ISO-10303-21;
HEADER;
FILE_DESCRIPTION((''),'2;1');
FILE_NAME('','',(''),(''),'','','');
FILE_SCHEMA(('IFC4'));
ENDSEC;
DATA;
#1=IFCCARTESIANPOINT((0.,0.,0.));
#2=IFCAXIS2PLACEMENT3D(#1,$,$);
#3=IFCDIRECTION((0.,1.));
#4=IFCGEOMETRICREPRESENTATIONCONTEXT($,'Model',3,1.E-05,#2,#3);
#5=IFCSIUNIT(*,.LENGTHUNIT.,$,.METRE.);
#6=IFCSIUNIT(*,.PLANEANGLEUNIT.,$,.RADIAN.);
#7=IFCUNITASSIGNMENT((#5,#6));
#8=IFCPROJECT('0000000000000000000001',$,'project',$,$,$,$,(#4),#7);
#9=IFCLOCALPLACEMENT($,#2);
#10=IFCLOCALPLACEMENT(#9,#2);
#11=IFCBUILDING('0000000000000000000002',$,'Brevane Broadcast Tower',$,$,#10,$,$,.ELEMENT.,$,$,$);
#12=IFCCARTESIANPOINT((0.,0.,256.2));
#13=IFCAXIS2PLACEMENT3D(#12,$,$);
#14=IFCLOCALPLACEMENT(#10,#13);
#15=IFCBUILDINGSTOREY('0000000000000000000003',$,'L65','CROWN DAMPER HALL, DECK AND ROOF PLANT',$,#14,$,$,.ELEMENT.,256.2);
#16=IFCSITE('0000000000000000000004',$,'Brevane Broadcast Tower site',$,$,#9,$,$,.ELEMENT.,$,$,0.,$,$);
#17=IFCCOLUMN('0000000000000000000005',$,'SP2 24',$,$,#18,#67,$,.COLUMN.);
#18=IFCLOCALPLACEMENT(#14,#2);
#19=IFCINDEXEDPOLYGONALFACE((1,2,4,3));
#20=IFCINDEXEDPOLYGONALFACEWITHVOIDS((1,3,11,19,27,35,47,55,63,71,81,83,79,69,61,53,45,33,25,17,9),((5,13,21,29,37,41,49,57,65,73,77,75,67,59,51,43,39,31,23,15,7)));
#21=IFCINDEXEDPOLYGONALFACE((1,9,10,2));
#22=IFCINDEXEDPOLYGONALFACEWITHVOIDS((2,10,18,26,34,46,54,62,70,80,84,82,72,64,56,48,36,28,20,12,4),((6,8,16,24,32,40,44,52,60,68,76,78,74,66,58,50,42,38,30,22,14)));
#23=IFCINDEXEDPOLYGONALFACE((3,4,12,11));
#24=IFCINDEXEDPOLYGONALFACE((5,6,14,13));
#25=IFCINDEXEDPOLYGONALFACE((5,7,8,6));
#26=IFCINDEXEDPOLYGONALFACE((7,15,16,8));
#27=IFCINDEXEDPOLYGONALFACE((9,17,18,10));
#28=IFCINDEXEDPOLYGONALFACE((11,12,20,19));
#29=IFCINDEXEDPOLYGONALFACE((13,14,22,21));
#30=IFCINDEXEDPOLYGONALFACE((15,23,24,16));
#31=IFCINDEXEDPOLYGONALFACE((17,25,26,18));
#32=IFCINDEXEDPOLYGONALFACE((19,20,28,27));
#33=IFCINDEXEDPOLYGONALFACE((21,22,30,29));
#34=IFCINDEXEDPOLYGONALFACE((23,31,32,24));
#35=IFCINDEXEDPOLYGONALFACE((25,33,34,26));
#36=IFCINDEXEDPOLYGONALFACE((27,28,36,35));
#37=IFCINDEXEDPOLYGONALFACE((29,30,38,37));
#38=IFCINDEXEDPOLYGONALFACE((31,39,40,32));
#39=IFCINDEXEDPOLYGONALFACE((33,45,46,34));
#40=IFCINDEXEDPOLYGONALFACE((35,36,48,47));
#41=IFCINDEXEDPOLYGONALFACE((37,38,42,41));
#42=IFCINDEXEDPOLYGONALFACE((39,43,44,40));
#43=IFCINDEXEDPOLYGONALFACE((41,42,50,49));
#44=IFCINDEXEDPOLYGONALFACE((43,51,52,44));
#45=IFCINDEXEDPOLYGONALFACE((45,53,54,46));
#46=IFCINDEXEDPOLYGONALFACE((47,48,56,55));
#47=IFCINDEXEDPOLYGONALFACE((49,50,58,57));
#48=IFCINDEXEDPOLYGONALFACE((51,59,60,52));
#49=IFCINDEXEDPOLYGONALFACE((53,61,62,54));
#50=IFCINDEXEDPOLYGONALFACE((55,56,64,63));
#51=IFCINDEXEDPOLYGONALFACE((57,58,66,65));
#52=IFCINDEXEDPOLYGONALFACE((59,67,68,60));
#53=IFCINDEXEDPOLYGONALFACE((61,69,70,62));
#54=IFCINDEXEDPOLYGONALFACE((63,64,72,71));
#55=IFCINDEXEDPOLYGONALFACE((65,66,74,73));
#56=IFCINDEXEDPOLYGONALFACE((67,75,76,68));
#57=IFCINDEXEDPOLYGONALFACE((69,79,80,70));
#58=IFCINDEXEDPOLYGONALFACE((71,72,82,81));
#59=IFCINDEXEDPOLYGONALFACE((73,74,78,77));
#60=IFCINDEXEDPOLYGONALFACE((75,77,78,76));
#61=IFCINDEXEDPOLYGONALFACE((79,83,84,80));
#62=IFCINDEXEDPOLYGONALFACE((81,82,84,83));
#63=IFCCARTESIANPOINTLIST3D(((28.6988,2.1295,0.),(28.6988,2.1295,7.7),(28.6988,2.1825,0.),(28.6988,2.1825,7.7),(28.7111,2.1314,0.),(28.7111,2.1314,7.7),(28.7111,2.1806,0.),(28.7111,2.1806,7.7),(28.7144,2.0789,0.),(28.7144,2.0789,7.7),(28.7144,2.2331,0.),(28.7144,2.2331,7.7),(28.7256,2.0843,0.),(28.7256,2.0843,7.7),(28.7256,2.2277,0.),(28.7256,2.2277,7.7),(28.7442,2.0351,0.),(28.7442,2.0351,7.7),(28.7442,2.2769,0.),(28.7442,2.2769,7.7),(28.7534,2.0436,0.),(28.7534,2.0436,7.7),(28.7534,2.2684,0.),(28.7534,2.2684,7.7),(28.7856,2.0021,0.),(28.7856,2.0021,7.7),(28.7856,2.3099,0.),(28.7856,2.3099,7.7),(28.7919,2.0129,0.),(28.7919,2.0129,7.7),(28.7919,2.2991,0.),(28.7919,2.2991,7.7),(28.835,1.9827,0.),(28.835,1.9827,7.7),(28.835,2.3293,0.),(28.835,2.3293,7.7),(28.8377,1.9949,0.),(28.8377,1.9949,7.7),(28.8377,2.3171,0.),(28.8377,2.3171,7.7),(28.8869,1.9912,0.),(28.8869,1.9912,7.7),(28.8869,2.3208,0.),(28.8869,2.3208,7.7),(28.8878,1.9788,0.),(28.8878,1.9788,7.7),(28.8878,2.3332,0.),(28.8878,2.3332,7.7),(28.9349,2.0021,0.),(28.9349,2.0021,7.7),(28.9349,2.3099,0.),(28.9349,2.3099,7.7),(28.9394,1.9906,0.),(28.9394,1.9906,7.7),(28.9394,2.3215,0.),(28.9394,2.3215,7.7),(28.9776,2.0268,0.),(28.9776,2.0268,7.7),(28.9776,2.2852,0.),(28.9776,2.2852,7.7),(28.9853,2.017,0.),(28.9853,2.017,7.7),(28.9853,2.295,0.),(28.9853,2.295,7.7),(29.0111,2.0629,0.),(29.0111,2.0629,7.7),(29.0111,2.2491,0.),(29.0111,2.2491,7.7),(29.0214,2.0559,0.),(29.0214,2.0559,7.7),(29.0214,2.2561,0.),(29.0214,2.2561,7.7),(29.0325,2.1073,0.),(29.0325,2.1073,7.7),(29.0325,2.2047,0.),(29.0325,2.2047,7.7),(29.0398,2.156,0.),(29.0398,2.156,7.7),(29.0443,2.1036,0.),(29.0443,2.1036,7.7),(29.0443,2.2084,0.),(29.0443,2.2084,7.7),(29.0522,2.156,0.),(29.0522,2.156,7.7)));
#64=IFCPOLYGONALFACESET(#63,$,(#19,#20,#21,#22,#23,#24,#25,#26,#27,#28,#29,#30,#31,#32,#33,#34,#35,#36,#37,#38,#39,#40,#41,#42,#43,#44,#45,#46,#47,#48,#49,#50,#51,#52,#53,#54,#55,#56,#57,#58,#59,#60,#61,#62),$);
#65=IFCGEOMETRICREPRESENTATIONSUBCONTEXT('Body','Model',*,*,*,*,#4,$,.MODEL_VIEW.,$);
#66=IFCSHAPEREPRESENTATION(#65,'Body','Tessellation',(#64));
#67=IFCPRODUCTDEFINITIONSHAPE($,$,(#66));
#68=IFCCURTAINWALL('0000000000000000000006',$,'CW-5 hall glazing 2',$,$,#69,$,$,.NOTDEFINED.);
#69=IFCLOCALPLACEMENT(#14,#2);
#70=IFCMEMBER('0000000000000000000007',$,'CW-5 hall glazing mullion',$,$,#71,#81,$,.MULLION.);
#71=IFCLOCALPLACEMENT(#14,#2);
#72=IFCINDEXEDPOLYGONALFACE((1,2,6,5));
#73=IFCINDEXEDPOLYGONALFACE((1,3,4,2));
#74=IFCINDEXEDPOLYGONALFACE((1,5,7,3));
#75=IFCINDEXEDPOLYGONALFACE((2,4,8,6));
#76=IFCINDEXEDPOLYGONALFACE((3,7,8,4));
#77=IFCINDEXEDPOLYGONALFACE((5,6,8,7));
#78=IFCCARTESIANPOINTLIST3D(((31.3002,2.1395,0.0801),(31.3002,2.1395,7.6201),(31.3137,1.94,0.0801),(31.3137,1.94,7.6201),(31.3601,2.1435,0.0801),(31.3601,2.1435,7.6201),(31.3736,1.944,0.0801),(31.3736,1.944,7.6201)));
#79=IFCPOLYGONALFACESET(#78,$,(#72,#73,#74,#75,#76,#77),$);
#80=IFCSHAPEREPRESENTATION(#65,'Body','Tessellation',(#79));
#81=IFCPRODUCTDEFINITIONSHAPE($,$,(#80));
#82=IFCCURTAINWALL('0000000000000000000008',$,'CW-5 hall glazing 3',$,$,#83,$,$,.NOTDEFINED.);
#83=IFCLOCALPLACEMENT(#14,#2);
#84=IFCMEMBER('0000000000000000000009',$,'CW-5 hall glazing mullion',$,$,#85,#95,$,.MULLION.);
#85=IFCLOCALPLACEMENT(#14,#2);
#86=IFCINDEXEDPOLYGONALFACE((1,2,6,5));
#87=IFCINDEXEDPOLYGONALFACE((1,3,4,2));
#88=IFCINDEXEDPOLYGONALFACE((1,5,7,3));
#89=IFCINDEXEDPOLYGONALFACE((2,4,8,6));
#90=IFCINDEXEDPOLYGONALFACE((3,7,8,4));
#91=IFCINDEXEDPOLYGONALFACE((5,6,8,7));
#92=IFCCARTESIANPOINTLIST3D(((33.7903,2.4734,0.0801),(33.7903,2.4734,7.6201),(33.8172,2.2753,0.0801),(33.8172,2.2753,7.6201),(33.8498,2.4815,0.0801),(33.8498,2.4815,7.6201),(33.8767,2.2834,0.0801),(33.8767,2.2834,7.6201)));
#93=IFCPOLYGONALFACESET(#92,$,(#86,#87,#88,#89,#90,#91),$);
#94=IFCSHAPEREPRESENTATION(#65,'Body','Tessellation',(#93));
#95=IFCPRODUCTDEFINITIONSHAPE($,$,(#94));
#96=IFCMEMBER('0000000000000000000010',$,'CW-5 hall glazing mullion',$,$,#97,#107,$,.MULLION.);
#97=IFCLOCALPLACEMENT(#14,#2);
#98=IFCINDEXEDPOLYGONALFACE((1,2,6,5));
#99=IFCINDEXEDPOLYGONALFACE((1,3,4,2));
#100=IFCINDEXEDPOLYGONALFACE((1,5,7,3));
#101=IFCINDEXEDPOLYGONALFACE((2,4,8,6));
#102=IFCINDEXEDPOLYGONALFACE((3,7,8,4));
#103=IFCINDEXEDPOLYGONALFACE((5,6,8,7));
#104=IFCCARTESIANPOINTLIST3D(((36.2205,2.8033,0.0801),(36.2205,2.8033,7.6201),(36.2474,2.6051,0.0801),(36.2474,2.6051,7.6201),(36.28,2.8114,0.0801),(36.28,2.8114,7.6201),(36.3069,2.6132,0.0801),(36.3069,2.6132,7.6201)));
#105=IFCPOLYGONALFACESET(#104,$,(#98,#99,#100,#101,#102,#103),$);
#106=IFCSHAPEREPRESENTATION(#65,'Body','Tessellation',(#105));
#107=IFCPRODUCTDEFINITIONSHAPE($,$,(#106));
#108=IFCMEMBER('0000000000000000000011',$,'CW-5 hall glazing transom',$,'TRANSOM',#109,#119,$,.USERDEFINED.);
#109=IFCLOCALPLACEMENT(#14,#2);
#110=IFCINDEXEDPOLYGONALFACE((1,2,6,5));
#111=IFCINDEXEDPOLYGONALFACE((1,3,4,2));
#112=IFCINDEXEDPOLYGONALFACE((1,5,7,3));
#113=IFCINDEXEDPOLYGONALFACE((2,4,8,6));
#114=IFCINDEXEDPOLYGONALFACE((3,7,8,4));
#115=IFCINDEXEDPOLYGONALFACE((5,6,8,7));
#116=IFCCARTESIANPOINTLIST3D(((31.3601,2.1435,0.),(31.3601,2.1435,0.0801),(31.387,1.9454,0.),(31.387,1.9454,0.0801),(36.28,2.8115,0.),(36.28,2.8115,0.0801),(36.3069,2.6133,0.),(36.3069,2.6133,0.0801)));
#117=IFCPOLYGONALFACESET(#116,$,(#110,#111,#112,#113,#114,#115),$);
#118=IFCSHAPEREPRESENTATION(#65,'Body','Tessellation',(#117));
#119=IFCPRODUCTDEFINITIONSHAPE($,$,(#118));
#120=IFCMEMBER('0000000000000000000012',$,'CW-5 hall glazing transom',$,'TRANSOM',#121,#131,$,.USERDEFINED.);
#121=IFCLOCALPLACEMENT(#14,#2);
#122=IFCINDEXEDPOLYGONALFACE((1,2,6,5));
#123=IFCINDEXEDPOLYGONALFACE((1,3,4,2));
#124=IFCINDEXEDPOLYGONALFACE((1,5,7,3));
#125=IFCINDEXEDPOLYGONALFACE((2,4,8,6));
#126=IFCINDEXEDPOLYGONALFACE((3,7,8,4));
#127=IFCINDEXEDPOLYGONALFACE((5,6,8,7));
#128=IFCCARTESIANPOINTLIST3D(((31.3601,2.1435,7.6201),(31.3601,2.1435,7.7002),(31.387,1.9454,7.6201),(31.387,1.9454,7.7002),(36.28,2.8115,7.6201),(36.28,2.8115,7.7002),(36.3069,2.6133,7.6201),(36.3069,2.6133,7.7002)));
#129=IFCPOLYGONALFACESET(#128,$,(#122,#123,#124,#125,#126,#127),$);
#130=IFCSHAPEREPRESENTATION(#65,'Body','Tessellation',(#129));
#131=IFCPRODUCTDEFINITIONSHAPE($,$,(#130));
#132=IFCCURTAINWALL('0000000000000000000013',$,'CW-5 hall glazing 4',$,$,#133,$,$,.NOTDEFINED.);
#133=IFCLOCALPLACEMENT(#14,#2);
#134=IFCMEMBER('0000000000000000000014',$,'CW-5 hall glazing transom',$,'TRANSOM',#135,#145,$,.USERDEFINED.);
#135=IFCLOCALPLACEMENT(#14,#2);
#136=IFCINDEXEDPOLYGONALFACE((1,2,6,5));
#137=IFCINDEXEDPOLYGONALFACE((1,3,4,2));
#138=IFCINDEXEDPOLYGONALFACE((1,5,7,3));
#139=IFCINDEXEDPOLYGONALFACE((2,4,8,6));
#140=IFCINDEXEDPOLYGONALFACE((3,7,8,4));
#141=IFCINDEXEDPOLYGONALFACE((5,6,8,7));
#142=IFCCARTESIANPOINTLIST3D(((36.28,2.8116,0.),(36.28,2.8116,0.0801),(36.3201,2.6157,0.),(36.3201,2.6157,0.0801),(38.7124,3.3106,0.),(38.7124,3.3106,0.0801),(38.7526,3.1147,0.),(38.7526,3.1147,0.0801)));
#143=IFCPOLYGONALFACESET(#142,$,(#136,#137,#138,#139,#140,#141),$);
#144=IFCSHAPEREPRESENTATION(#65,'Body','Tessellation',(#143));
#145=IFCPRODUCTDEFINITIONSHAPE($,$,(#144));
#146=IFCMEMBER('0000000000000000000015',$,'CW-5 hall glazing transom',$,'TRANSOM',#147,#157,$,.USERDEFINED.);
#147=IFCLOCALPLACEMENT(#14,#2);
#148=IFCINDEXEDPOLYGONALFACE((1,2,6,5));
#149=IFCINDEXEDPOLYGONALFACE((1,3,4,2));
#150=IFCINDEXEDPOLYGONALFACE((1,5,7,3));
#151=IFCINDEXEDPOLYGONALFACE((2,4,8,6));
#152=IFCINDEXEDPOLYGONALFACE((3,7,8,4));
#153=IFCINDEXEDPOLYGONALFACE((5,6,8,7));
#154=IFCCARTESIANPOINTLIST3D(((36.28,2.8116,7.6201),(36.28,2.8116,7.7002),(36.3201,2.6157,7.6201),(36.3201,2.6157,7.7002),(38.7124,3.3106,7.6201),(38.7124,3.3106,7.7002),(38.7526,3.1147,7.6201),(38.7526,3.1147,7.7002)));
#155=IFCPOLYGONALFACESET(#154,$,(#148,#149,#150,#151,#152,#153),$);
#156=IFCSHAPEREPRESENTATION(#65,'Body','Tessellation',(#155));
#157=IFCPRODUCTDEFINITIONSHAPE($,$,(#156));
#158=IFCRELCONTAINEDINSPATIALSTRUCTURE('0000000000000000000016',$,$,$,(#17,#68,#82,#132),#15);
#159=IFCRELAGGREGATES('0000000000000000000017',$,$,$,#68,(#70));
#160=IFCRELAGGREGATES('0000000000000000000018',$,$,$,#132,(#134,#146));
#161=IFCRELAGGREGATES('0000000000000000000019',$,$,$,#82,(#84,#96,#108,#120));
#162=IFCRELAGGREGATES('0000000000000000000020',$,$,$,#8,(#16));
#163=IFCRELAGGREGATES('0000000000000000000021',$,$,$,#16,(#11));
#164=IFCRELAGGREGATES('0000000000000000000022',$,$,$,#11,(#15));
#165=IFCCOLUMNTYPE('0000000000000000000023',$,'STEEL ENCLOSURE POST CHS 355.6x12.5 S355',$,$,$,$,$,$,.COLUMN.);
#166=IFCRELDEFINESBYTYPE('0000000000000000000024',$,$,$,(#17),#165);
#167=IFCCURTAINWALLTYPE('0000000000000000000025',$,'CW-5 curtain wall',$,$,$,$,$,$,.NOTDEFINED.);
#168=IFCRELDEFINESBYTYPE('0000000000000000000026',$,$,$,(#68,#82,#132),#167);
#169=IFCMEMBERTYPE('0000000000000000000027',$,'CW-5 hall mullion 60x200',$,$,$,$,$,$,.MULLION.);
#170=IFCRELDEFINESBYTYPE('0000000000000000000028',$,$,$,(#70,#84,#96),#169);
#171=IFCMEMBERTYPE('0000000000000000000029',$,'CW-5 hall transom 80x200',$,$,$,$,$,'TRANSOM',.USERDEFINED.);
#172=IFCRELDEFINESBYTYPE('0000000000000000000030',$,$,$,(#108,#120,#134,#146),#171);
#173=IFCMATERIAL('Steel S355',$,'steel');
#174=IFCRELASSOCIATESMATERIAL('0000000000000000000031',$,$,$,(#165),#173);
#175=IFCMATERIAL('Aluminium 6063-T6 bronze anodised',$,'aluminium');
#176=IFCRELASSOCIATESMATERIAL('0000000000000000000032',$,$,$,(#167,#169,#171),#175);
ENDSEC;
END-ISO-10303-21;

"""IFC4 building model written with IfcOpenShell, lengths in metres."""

from ifc_helpers import new_model, si_unit, direction, frame, origin, origin_2d, place, context, subcontext, project, spatial, rectangle, hollow_circle, extrude, material, material_profile, profile_set, type_object, element, aggregate, save


model = new_model("IFC4")

# Units and contexts
model_context = context("Model", 3, precision=1e-05, world=origin(), true_north=direction((0.0, 1.0)))
body_context = subcontext(model_context, "Body", "Model", "MODEL_VIEW")
ifc_project = project(units=[si_unit("LENGTHUNIT", "METRE"), si_unit("PLANEANGLEUNIT", "RADIAN")], contexts=[model_context])

# Site, building, storey
site_placement = place(None, origin())
site = spatial("IfcSite", under=ifc_project, at=site_placement, Name="Brevane Broadcast Tower site", CompositionType="ELEMENT", RefElevation=0.0)
building_placement = place(site_placement, origin())
building = spatial("IfcBuilding", under=site, at=building_placement, Name="Brevane Broadcast Tower", CompositionType="ELEMENT")
storey_placement = place(building_placement, frame((0.0, 0.0, 256.2)))
storey = spatial("IfcBuildingStorey", under=building, at=storey_placement, Name="L65", Description="CROWN DAMPER HALL, DECK AND ROOF PLANT", CompositionType="ELEMENT", Elevation=256.2)

# Column
ifc_material_1 = material(Name="Steel S355", Category="steel")
ifc_material_profile_1 = material_profile(ifc_material_1, hollow_circle(Radius=0.1777, WallThickness=0.0125, at=origin_2d()), Name="CHS 355.6x12.5")
ifc_profile_set_1 = profile_set([ifc_material_profile_1], Name="Steel S355")
column_type_1 = type_object("IfcColumnType", Name="STEEL ENCLOSURE POST CHS 355.6x12.5 S355", PredefinedType="COLUMN", material=ifc_profile_set_1)
for number, where, z_axis, x_axis, name in (
    (1, (28.8745, 2.156, 0.0), (0.0, 0.0, 1.0), (1.0, 0.0, 0.0), "SP2 24"),
):
    element("IfcColumn", number, at=place(storey_placement, frame(where, z_axis=z_axis, x_axis=x_axis)), inside=storey, type_object=column_type_1, Name=name, PredefinedType="COLUMN", context=body_context, shape_type="SweptSolid", body=[
        extrude(hollow_circle(Radius=0.1777, WallThickness=0.0125, at=origin_2d()), origin(), (0.0, 0.0, 1.0), 7.7),
    ])

# Curtain wall, member
ifc_material_2 = material(Name="Aluminium 6063-T6 bronze anodised", Category="aluminium")
curtain_wall_type = type_object("IfcCurtainWallType", Name="CW-5 curtain wall", PredefinedType="NOTDEFINED", material=ifc_material_2)
curtain_wall_1_placement = place(storey_placement, origin())
curtain_wall_1 = element("IfcCurtainWall", 2, at=curtain_wall_1_placement, inside=storey, type_object=curtain_wall_type, Name="CW-5 hall glazing 2", PredefinedType="NOTDEFINED")
ifc_material_profile_2 = material_profile(ifc_material_2, rectangle(XDim=0.2, YDim=0.0601, at=origin_2d()), Name="RECT 60x200")
ifc_profile_set_2 = profile_set([ifc_material_profile_2], Name="Aluminium 6063-T6 bronze anodised")
member_type_1 = type_object("IfcMemberType", Name="CW-5 hall mullion 60x200", PredefinedType="MULLION", material=ifc_profile_set_2)
member_1_placement = place(storey_placement, frame((31.3369, 2.0417, 0.0801), z_axis=(0.0, 0.0, 1.0), x_axis=(-0.067413, 0.997725, 0.0)))
member_1 = element("IfcMember", 3, at=member_1_placement, type_object=member_type_1, Name="CW-5 hall glazing mullion", PredefinedType="MULLION", context=body_context, shape_type="SweptSolid", body=[
    extrude(rectangle(XDim=0.2, YDim=0.0601, at=origin_2d()), origin(), (0.0, 0.0, 1.0), 7.54),
])
aggregate(curtain_wall_1, [member_1])

# Curtain walls, members
curtain_wall_2_placement = place(storey_placement, origin())
curtain_wall_2 = element("IfcCurtainWall", 4, at=curtain_wall_2_placement, inside=storey, type_object=curtain_wall_type, Name="CW-5 hall glazing 3", PredefinedType="NOTDEFINED")
member_2_placement = place(storey_placement, frame((33.8335, 2.3784, 0.0801), z_axis=(0.0, 0.0, 1.0), x_axis=(-0.13452, 0.990911, 0.0)))
member_2 = element("IfcMember", 5, at=member_2_placement, type_object=member_type_1, Name="CW-5 hall glazing mullion", PredefinedType="MULLION", context=body_context, shape_type="SweptSolid", body=[
    extrude(rectangle(XDim=0.2, YDim=0.0601, at=origin_2d()), origin(), (0.0, 0.0, 1.0), 7.54),
])
member_3_placement = place(storey_placement, frame((36.2637, 2.7083, 0.0801), z_axis=(0.0, 0.0, 1.0), x_axis=(-0.13452, 0.990911, 0.0)))
member_3 = element("IfcMember", 6, at=member_3_placement, type_object=member_type_1, Name="CW-5 hall glazing mullion", PredefinedType="MULLION", context=body_context, shape_type="SweptSolid", body=[
    extrude(rectangle(XDim=0.2, YDim=0.0601, at=origin_2d()), origin(), (0.0, 0.0, 1.0), 7.54),
])
ifc_material_profile_3 = material_profile(ifc_material_2, rectangle(XDim=0.2, YDim=0.0801, at=origin_2d()), Name="RECT 80x200")
ifc_profile_set_3 = profile_set([ifc_material_profile_3], Name="Aluminium 6063-T6 bronze anodised")
member_type_2 = type_object("IfcMemberType", Name="CW-5 hall transom 80x200", ElementType="TRANSOM", PredefinedType="USERDEFINED", material=ifc_profile_set_3)
member_4_placement = place(storey_placement, frame((31.3735, 2.0444, 0.04), z_axis=(0.990909, 0.134534, 0.0), x_axis=(-0.134534, 0.990909, 0.0)))
member_4 = element("IfcMember", 7, at=member_4_placement, type_object=member_type_2, Name="CW-5 hall glazing transom", ObjectType="TRANSOM", PredefinedType="USERDEFINED", context=body_context, shape_type="SweptSolid", body=[
    extrude(rectangle(XDim=0.2, YDim=0.0801, at=origin_2d()), origin(), (0.0, 0.0, 1.0), 4.9651),
])
member_5_placement = place(storey_placement, frame((31.3735, 2.0444, 7.6602), z_axis=(0.990909, 0.134534, 0.0), x_axis=(-0.134534, 0.990909, 0.0)))
member_5 = element("IfcMember", 8, at=member_5_placement, type_object=member_type_2, Name="CW-5 hall glazing transom", ObjectType="TRANSOM", PredefinedType="USERDEFINED", context=body_context, shape_type="SweptSolid", body=[
    extrude(rectangle(XDim=0.2, YDim=0.0801, at=origin_2d()), origin(), (0.0, 0.0, 1.0), 4.9651),
])
curtain_wall_3_placement = place(storey_placement, origin())
curtain_wall_3 = element("IfcCurtainWall", 9, at=curtain_wall_3_placement, inside=storey, type_object=curtain_wall_type, Name="CW-5 hall glazing 4", PredefinedType="NOTDEFINED")
member_6_placement = place(storey_placement, frame((36.3, 2.7136, 0.04), z_axis=(0.979597, 0.200973, 0.0), x_axis=(-0.200973, 0.979597, 0.0)))
member_6 = element("IfcMember", 10, at=member_6_placement, type_object=member_type_2, Name="CW-5 hall glazing transom", ObjectType="TRANSOM", PredefinedType="USERDEFINED", context=body_context, shape_type="SweptSolid", body=[
    extrude(rectangle(XDim=0.2, YDim=0.0801, at=origin_2d()), origin(), (0.0, 0.0, 1.0), 2.4832),
])
member_7_placement = place(storey_placement, frame((36.3, 2.7136, 7.6602), z_axis=(0.979597, 0.200973, 0.0), x_axis=(-0.200973, 0.979597, 0.0)))
member_7 = element("IfcMember", 11, at=member_7_placement, type_object=member_type_2, Name="CW-5 hall glazing transom", ObjectType="TRANSOM", PredefinedType="USERDEFINED", context=body_context, shape_type="SweptSolid", body=[
    extrude(rectangle(XDim=0.2, YDim=0.0801, at=origin_2d()), origin(), (0.0, 0.0, 1.0), 2.4832),
])
aggregate(curtain_wall_3, [member_6, member_7])

aggregate(curtain_wall_2, [member_2, member_3, member_4, member_5])

save(model, "model.ifc")
